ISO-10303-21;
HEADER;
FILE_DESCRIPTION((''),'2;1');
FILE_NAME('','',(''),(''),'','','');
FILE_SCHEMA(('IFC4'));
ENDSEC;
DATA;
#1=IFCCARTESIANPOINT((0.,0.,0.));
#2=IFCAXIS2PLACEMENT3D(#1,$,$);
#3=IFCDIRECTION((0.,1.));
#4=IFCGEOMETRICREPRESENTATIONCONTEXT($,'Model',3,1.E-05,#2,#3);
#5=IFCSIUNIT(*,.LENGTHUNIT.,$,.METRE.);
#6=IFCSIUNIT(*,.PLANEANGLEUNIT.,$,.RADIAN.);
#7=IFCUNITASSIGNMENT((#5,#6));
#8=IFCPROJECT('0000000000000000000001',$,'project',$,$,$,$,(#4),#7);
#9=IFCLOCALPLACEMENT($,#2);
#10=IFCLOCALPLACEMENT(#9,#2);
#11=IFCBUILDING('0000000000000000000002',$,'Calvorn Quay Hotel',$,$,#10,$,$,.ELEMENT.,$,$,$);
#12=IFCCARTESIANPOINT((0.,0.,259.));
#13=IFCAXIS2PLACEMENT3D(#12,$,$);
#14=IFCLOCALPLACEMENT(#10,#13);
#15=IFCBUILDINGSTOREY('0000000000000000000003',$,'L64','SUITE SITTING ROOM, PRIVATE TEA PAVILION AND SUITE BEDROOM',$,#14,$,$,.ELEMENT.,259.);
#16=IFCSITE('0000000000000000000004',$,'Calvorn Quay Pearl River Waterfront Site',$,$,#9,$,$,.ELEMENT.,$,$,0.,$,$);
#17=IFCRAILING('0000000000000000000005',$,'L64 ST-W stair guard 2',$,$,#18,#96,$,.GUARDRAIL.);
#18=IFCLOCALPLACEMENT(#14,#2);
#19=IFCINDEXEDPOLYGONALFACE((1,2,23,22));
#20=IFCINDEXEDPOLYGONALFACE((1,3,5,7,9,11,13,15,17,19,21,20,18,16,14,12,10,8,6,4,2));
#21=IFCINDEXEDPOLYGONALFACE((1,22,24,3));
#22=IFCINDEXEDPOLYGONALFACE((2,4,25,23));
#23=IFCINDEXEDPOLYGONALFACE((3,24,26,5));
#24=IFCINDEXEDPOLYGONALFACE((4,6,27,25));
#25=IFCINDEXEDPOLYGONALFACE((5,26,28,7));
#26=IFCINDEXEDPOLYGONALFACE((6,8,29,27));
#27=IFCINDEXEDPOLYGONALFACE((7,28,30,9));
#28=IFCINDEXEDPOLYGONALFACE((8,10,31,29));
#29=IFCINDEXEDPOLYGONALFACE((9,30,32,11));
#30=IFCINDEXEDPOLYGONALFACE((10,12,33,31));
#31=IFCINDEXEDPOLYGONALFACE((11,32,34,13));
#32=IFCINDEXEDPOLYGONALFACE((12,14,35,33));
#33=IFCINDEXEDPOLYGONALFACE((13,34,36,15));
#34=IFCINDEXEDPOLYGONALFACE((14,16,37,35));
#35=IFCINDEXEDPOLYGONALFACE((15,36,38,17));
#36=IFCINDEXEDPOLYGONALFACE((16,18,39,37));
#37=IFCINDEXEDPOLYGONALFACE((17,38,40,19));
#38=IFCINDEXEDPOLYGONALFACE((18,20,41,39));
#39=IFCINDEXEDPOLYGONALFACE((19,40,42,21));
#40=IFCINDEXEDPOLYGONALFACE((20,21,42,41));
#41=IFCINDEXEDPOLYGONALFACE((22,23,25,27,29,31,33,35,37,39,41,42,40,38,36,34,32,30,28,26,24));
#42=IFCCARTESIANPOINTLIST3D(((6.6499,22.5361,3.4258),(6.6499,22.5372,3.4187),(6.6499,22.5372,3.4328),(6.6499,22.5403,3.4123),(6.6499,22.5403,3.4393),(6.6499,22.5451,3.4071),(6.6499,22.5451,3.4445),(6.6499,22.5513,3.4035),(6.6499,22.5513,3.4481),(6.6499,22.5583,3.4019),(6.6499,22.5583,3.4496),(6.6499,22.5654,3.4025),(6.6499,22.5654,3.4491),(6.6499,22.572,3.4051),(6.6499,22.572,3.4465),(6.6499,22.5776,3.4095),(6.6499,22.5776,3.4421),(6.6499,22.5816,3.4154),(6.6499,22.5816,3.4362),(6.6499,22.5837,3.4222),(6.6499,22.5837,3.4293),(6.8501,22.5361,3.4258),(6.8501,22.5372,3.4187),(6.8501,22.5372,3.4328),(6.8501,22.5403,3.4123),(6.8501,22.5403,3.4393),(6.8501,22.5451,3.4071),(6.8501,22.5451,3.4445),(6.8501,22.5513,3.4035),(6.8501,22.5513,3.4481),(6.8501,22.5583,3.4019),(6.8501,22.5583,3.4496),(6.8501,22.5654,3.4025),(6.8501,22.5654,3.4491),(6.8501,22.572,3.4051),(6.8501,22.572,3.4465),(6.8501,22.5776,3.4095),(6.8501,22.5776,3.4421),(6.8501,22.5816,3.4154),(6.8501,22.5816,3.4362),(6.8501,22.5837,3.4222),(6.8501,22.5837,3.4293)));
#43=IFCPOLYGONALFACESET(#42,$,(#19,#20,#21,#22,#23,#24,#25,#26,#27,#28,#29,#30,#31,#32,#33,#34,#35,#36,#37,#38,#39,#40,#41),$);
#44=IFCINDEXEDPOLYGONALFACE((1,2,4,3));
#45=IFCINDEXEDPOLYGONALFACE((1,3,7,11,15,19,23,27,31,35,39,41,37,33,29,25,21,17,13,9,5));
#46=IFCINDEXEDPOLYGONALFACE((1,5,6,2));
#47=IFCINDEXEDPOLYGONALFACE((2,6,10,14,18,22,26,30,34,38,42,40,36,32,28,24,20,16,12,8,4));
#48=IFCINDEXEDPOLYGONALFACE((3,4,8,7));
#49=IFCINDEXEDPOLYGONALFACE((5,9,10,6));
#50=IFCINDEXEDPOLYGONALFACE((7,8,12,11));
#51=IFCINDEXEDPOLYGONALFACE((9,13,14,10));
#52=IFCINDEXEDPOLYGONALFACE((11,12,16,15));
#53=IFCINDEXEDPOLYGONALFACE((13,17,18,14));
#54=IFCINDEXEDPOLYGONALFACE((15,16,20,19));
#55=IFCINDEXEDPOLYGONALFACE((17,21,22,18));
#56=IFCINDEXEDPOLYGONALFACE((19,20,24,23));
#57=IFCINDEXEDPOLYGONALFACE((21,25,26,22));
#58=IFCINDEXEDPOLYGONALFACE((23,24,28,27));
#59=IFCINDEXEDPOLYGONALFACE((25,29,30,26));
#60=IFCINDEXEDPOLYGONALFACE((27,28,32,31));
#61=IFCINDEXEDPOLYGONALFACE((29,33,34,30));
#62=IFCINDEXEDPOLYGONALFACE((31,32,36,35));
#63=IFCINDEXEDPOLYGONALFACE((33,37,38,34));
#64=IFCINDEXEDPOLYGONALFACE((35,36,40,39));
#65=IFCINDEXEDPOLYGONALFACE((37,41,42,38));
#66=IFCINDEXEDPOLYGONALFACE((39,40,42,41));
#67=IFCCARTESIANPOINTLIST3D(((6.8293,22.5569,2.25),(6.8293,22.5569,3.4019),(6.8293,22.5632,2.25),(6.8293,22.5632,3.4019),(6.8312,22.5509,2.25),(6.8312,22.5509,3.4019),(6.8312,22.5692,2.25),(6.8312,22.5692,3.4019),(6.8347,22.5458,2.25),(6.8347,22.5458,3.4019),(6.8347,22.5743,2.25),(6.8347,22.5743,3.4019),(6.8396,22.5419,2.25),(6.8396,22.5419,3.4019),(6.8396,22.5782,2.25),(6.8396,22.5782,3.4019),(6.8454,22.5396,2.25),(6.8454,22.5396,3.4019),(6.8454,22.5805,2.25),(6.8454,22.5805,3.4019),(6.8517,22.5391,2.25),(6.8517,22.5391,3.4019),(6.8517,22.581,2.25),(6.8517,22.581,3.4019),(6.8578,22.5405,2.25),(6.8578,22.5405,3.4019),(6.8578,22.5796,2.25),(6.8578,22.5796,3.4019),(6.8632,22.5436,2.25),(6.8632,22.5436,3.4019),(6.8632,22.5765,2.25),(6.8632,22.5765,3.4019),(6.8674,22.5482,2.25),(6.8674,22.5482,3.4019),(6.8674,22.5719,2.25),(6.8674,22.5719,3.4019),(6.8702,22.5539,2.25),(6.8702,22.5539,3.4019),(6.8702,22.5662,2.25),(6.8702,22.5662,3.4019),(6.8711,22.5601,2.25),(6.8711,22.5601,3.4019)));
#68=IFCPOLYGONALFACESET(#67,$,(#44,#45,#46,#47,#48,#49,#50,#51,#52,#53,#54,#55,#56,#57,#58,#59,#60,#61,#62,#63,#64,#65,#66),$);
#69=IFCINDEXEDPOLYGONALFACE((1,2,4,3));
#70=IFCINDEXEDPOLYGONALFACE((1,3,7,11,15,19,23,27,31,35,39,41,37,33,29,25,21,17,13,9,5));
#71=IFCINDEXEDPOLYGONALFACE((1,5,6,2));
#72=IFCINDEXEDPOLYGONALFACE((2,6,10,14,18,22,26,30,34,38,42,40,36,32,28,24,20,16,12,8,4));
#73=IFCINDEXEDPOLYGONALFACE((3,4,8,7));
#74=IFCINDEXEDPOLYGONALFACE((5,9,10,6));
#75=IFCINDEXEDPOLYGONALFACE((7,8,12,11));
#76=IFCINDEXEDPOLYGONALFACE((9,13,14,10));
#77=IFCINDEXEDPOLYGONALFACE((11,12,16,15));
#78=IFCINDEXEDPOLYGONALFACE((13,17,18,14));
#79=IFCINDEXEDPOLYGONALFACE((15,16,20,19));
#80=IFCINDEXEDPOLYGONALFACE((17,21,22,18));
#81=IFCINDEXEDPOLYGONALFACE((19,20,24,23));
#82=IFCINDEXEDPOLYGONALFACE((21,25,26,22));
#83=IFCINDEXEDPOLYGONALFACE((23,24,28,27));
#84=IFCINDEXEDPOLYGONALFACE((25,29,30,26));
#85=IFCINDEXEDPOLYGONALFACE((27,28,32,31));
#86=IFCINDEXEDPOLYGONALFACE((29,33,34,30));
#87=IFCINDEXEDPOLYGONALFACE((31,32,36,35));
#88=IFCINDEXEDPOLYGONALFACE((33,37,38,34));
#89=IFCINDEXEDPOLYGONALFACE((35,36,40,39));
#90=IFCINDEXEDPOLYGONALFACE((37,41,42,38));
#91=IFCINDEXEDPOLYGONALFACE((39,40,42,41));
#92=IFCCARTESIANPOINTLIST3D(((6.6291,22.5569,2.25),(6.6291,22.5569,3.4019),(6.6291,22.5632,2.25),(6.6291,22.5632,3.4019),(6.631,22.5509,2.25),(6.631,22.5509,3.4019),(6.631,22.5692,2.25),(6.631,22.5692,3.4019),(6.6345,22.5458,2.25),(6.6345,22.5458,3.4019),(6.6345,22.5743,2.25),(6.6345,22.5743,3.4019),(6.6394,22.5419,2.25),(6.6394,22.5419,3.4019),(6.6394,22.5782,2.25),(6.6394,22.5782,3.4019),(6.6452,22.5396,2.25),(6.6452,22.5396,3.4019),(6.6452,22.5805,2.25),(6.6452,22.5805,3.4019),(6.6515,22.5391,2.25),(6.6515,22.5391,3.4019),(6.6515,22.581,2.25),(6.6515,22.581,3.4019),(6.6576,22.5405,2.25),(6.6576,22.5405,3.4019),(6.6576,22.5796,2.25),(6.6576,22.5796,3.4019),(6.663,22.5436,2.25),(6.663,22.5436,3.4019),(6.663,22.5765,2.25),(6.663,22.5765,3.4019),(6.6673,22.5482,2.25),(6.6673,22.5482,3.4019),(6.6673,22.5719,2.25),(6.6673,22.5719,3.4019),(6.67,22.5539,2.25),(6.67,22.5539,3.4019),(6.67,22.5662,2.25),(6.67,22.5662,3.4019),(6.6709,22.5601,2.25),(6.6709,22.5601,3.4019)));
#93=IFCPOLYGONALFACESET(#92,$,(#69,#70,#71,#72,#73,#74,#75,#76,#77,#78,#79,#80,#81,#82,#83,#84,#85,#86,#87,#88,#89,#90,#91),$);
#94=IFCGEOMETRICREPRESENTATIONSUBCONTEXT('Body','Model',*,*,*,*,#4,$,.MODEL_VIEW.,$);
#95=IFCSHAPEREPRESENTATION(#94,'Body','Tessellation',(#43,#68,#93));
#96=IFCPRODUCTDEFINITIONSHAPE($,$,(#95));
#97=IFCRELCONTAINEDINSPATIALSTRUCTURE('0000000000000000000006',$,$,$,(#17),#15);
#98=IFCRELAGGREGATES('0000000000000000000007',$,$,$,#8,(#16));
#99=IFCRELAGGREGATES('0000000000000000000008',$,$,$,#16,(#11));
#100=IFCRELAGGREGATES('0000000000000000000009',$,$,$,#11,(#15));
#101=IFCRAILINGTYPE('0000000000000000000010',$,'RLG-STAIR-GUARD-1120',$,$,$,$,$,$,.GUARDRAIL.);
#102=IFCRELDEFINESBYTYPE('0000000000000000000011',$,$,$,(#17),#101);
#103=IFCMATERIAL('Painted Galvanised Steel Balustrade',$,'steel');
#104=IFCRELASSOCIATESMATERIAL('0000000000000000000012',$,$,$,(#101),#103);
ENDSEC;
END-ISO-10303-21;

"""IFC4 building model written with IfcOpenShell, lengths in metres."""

from ifc_helpers import new_model, si_unit, direction, frame, origin, origin_2d, place, context, subcontext, project, spatial, circle, extrude, material, type_object, element, save


model = new_model("IFC4")

# Units and contexts
model_context = context("Model", 3, precision=1e-05, world=origin(), true_north=direction((0.0, 1.0)))
body_context = subcontext(model_context, "Body", "Model", "MODEL_VIEW")
ifc_project = project(units=[si_unit("LENGTHUNIT", "METRE"), si_unit("PLANEANGLEUNIT", "RADIAN")], contexts=[model_context])

# Site, building, storey
site_placement = place(None, origin())
site = spatial("IfcSite", under=ifc_project, at=site_placement, Name="Calvorn Quay Pearl River Waterfront Site", CompositionType="ELEMENT", RefElevation=0.0)
building_placement = place(site_placement, origin())
building = spatial("IfcBuilding", under=site, at=building_placement, Name="Calvorn Quay Hotel", CompositionType="ELEMENT")
storey_placement = place(building_placement, frame((0.0, 0.0, 259.0)))
storey = spatial("IfcBuildingStorey", under=building, at=storey_placement, Name="L64", Description="SUITE SITTING ROOM, PRIVATE TEA PAVILION AND SUITE BEDROOM", CompositionType="ELEMENT", Elevation=259.0)

# Railing
ifc_material_1 = material(Name="Painted Galvanised Steel Balustrade", Category="steel")
railing_type_1 = type_object("IfcRailingType", Name="RLG-STAIR-GUARD-1120", PredefinedType="GUARDRAIL", material=ifc_material_1)
railing_1_placement = place(storey_placement, frame((6.8501, 22.5601, 2.25)))
element("IfcRailing", 1, at=railing_1_placement, inside=storey, type_object=railing_type_1, Name="L64 ST-W stair guard 2", PredefinedType="GUARDRAIL", context=body_context, shape_type="SweptSolid", body=[
    extrude(circle(Radius=0.0239, at=origin_2d()), frame((0.0, 0.0, 1.1758), z_axis=(-1.0, 0.0, 0.0), x_axis=(0.0, -1.0, 0.0)), (0.0, 0.0, 1.0), 0.2002),
    extrude(circle(Radius=0.021, at=origin_2d()), origin(), (0.0, 0.0, 1.0), 1.1519),
    extrude(circle(Radius=0.021, at=origin_2d()), frame((-0.2002, 0.0, 0.0)), (0.0, 0.0, 1.0), 1.1519),
])

save(model, "model.ifc")
